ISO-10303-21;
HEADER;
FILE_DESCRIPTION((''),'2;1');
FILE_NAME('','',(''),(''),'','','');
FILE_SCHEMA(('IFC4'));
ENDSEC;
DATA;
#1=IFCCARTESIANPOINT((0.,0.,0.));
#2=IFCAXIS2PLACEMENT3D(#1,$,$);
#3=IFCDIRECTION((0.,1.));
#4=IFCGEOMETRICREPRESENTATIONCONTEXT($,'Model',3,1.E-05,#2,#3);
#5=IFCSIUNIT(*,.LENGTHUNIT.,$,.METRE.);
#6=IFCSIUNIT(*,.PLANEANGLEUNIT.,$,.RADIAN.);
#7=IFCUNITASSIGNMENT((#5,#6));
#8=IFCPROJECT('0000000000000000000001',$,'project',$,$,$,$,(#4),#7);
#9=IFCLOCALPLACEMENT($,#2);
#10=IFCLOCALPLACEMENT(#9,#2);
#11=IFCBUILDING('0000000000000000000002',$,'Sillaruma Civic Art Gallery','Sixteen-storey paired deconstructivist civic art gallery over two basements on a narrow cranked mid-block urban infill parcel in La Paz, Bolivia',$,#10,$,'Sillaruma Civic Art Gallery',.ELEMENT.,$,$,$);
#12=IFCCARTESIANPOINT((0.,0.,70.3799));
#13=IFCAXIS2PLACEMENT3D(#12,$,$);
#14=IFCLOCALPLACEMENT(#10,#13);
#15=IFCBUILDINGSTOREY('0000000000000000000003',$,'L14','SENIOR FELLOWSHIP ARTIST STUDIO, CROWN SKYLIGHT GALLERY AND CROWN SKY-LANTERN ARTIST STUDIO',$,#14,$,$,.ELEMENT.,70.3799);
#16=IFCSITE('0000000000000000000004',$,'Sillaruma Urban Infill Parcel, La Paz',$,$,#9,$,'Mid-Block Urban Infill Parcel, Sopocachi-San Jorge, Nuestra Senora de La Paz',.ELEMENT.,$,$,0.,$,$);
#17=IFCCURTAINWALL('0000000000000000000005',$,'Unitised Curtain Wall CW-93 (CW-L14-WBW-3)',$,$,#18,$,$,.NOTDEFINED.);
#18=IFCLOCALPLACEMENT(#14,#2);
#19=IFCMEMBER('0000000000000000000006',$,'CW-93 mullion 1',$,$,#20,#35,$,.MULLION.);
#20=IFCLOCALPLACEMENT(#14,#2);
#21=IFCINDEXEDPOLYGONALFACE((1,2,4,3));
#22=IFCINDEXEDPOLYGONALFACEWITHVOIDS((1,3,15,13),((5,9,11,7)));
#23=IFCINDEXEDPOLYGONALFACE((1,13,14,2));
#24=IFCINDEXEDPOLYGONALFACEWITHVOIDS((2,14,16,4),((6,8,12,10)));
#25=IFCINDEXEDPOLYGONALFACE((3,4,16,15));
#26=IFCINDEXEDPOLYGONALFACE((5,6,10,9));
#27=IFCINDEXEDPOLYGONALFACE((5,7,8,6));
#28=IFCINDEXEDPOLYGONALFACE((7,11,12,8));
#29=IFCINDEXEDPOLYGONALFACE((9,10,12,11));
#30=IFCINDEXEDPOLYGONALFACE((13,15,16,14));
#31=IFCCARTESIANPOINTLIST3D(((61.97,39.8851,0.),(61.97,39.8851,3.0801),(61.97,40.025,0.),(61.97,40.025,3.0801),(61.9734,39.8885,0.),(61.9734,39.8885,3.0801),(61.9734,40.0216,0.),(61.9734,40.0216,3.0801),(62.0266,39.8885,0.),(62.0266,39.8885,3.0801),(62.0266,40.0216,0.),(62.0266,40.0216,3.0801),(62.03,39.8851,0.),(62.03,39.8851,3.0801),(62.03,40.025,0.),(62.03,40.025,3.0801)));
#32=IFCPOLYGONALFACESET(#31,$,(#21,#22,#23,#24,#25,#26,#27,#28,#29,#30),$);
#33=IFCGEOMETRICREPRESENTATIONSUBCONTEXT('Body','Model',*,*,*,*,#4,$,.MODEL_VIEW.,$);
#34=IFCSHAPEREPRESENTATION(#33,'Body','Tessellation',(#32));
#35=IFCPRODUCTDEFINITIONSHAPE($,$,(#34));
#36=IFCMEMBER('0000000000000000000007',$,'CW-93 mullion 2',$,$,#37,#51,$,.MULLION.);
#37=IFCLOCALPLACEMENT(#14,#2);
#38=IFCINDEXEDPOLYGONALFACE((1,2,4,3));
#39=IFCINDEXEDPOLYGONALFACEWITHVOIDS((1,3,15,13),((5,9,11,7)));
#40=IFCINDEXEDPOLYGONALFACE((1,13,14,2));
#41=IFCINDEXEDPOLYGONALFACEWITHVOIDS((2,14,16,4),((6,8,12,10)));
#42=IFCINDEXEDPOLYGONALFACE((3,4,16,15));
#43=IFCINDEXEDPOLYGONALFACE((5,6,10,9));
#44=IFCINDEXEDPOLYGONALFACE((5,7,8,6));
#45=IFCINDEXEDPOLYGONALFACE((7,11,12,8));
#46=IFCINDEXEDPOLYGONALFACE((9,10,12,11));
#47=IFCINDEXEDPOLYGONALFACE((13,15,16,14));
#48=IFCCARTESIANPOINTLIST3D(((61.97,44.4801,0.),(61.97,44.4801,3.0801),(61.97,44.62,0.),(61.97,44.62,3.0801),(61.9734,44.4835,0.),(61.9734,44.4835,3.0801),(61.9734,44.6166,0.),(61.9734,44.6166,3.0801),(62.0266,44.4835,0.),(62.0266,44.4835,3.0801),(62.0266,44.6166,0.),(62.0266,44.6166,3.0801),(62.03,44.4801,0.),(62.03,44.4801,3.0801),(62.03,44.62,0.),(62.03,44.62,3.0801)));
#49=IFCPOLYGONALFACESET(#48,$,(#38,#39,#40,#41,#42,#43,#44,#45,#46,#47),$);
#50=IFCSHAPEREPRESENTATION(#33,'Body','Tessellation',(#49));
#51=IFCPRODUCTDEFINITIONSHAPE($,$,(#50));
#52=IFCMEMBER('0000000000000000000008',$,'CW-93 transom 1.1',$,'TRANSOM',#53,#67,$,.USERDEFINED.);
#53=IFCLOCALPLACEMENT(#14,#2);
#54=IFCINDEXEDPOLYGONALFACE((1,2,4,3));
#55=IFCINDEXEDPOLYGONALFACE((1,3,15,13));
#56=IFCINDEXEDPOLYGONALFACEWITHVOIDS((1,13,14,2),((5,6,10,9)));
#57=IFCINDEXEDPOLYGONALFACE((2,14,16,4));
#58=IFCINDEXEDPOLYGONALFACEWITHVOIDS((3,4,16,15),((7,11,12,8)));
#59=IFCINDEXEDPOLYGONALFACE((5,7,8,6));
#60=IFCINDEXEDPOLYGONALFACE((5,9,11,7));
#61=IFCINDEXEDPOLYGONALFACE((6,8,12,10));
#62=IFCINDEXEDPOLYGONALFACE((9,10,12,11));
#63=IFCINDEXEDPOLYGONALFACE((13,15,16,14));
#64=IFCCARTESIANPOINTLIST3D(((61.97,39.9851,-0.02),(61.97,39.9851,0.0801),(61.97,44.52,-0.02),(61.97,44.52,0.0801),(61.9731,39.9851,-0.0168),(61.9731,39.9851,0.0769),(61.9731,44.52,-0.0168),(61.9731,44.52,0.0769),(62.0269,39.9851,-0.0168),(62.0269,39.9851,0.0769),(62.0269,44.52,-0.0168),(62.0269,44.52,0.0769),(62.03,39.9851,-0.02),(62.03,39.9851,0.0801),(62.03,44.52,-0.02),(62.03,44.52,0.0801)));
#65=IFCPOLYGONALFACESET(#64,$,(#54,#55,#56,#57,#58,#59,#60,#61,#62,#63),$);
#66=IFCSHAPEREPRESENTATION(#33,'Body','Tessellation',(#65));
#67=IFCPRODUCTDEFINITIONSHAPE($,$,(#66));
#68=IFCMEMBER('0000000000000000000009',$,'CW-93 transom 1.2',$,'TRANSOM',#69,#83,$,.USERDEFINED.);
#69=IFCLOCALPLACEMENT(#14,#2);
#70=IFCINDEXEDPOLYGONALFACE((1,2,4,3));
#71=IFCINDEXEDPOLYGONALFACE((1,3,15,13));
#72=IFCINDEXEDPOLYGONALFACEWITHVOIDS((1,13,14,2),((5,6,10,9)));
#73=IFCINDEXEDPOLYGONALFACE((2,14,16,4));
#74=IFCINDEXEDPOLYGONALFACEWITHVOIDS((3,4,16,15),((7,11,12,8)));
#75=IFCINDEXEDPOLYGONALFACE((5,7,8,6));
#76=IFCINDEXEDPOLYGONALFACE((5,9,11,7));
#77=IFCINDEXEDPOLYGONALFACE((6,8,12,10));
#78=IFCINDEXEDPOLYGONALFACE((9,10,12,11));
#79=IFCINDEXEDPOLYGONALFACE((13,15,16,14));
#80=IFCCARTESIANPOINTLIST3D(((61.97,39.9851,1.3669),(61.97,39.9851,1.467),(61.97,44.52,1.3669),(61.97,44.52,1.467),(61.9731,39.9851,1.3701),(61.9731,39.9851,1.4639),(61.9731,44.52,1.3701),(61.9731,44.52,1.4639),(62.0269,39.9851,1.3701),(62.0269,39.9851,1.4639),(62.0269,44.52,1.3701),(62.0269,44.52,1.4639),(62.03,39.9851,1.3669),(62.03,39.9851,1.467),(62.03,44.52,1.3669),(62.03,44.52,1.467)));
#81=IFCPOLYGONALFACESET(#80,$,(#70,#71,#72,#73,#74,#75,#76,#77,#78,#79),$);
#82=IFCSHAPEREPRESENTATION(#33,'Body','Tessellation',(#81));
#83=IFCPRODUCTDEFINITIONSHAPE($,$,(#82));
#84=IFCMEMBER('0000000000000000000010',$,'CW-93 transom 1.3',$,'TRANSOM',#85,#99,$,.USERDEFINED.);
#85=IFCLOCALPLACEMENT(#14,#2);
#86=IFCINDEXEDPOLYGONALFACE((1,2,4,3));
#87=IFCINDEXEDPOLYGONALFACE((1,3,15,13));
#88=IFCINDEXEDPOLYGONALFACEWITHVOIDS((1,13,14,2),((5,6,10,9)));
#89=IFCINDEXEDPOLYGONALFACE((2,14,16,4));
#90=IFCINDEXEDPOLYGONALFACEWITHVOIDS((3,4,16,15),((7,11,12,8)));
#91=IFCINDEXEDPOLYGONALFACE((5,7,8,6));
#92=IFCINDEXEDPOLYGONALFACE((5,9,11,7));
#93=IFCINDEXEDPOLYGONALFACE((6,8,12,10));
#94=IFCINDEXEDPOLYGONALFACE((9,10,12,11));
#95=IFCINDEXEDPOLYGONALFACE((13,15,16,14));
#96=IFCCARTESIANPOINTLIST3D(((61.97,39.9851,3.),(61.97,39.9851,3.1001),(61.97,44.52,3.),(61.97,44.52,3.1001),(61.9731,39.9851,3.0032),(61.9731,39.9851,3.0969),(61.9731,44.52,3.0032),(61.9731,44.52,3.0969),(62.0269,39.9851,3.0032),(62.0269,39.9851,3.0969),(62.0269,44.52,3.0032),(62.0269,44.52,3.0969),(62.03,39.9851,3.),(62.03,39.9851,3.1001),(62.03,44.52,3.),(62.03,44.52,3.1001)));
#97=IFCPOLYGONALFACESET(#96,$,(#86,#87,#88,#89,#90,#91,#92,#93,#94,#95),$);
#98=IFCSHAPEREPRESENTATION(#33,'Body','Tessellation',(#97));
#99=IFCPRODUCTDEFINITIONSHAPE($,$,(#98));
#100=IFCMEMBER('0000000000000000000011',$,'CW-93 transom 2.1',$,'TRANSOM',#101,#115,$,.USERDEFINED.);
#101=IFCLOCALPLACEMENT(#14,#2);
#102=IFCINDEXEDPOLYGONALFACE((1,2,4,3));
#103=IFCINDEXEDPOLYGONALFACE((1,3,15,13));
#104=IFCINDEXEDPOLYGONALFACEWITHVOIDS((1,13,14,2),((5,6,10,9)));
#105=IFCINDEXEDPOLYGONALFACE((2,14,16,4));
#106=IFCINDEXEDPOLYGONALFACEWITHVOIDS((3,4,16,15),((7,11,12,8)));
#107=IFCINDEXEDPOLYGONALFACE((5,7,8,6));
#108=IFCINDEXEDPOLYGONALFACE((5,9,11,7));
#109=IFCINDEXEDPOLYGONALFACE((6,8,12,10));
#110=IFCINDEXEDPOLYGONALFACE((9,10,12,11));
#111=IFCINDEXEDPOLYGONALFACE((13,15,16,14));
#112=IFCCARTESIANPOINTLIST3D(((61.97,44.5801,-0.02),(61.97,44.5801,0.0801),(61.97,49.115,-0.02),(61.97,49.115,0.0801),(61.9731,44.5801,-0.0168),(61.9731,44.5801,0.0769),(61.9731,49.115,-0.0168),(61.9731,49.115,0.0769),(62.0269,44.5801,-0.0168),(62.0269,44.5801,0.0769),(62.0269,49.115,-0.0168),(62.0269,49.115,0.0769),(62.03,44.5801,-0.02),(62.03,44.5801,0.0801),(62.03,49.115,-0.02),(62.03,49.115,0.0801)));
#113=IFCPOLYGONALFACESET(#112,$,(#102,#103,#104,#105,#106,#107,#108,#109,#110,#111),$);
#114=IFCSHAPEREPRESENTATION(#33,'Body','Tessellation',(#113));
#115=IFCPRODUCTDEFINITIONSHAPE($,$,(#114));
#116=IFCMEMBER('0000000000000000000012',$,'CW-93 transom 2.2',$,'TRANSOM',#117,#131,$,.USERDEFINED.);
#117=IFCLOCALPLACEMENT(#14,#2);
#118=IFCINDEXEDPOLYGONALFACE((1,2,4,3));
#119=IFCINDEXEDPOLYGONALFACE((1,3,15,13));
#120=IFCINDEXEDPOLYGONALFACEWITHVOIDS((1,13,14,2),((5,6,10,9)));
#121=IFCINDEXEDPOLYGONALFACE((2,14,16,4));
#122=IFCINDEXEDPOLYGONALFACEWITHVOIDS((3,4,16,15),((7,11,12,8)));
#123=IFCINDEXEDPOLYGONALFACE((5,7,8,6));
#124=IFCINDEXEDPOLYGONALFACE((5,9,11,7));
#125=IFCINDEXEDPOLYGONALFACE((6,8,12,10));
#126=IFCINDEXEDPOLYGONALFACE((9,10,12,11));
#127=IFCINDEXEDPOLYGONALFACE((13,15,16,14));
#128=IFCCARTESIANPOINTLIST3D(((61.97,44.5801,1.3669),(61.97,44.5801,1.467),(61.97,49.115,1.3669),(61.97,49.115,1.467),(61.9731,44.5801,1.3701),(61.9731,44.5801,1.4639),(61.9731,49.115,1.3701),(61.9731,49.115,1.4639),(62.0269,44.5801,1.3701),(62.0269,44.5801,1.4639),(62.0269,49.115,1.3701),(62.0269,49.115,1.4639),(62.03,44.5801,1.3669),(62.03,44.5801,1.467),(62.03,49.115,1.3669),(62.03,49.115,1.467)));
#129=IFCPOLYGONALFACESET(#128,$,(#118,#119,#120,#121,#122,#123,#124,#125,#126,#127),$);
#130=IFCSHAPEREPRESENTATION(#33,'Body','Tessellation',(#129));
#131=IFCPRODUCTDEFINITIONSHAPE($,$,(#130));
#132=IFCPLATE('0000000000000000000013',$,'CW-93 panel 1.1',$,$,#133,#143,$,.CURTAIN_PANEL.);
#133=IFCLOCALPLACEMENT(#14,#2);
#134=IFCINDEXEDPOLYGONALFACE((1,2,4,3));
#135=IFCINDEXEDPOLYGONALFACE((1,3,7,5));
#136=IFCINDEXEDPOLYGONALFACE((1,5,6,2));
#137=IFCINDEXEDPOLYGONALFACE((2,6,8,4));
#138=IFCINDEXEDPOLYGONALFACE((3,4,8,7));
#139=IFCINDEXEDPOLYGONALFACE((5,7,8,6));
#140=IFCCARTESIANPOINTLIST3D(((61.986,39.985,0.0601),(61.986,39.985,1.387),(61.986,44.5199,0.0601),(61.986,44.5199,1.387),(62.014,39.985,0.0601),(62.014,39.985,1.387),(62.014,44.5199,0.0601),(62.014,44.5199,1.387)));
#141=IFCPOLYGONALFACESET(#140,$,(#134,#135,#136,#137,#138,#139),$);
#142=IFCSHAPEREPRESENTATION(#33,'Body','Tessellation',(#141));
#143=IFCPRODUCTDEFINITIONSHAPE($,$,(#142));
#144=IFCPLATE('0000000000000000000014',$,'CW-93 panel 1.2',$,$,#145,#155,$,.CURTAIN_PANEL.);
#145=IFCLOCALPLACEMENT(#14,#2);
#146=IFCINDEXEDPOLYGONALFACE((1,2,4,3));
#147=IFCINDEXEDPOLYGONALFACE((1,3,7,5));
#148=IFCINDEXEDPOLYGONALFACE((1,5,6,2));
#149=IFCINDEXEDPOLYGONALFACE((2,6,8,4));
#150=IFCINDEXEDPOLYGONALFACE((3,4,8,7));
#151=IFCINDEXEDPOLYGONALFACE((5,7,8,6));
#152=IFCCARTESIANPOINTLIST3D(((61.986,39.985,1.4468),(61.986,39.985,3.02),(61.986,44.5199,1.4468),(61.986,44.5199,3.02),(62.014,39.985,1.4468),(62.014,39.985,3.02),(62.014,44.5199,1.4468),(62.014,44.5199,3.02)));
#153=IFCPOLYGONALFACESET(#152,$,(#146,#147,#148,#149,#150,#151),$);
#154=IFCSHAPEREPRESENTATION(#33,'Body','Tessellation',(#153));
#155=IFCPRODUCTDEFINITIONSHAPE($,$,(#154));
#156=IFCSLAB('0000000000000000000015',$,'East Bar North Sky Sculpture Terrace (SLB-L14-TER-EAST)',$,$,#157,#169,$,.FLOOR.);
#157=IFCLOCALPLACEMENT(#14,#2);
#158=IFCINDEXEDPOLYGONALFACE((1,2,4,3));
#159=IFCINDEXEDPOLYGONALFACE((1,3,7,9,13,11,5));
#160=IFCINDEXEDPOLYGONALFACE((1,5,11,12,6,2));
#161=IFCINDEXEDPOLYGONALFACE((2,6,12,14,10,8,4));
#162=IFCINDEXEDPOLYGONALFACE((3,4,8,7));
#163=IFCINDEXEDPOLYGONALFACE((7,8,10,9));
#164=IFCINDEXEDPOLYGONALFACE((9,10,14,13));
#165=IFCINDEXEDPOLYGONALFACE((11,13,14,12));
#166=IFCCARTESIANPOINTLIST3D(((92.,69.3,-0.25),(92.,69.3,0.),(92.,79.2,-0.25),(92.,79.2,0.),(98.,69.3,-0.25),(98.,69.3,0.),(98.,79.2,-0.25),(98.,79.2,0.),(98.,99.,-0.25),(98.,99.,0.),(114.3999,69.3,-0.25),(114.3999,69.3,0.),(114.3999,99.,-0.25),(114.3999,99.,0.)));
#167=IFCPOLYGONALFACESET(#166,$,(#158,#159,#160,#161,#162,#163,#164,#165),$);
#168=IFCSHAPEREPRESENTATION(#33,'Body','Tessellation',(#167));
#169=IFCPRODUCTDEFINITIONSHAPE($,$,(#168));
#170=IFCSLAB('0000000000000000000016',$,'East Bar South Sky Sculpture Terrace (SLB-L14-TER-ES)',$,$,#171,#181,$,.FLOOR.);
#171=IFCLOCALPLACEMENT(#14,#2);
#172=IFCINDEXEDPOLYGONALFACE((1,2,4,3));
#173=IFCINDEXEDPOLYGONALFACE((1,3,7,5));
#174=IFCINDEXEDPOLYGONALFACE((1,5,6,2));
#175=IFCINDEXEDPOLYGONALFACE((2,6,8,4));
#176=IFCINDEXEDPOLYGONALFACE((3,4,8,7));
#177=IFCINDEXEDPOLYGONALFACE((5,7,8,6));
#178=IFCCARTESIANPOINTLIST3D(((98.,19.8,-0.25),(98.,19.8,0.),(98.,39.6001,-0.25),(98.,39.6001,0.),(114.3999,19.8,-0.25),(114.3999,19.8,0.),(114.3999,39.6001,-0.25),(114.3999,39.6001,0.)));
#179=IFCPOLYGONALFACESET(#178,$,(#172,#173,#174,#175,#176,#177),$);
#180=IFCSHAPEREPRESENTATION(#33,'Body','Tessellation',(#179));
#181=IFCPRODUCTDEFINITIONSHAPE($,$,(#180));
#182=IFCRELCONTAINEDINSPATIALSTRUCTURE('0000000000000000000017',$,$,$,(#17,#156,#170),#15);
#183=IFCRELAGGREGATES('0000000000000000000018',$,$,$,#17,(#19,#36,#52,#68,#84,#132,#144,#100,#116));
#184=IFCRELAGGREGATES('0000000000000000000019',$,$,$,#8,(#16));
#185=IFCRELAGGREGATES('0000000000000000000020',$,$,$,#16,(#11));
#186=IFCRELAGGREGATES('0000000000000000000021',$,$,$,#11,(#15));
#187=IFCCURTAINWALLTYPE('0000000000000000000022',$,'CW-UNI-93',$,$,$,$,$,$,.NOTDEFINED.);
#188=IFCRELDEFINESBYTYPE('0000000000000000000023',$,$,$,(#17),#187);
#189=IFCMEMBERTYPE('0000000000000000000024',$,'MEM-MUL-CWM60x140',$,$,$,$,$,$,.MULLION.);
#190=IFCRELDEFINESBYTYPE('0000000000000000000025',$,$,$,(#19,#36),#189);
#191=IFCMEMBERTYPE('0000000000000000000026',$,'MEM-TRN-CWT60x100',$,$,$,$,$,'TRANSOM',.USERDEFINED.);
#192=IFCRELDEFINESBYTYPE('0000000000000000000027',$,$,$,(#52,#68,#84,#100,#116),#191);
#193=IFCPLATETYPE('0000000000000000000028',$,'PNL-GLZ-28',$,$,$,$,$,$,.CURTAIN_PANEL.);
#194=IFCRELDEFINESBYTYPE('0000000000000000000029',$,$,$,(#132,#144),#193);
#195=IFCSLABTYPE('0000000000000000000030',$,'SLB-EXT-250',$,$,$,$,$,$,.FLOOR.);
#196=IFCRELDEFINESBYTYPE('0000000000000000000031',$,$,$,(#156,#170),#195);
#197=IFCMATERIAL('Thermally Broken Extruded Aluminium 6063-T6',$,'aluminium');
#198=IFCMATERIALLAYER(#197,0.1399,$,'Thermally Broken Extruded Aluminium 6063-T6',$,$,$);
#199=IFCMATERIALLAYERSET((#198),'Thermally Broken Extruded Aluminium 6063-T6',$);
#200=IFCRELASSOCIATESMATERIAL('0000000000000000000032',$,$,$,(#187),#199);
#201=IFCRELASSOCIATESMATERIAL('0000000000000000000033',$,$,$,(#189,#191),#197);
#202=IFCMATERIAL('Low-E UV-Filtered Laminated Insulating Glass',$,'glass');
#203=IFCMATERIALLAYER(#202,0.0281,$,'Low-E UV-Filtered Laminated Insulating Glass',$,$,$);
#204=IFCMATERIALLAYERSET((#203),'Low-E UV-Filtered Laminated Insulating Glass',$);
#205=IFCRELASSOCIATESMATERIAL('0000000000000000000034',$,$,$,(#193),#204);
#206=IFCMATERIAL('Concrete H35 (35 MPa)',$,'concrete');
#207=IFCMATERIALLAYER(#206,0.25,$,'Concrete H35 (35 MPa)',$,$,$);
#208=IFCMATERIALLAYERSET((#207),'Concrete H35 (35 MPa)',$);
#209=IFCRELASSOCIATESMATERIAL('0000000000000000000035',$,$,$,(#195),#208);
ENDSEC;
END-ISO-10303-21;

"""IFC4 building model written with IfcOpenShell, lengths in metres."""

from ifc_helpers import new_model, si_unit, direction, frame, origin, origin_2d, place, context, subcontext, project, spatial, polyline, rectangle, hollow_rectangle, outline, extrude, material, layer, layer_set, material_profile, profile_set, type_object, element, aggregate, save


model = new_model("IFC4")

# Units and contexts
model_context = context("Model", 3, precision=1e-05, world=origin(), true_north=direction((0.0, 1.0)))
body_context = subcontext(model_context, "Body", "Model", "MODEL_VIEW")
ifc_project = project(units=[si_unit("LENGTHUNIT", "METRE"), si_unit("PLANEANGLEUNIT", "RADIAN")], contexts=[model_context])

# Site, building, storey
site_placement = place(None, origin())
site = spatial("IfcSite", under=ifc_project, at=site_placement, Name="Sillaruma Urban Infill Parcel, La Paz", LongName="Mid-Block Urban Infill Parcel, Sopocachi-San Jorge, Nuestra Senora de La Paz", CompositionType="ELEMENT", RefElevation=0.0)
building_placement = place(site_placement, origin())
building = spatial("IfcBuilding", under=site, at=building_placement, Name="Sillaruma Civic Art Gallery", Description="Sixteen-storey paired deconstructivist civic art gallery over two basements on a narrow cranked mid-block urban infill parcel in La Paz, Bolivia", LongName="Sillaruma Civic Art Gallery", CompositionType="ELEMENT")
storey_placement = place(building_placement, frame((0.0, 0.0, 70.3799)))
storey = spatial("IfcBuildingStorey", under=building, at=storey_placement, Name="L14", Description="SENIOR FELLOWSHIP ARTIST STUDIO, CROWN SKYLIGHT GALLERY AND CROWN SKY-LANTERN ARTIST STUDIO", CompositionType="ELEMENT", Elevation=70.3799)

# Shared definitions
ifc_material_1 = material(Name="Concrete H35 (35 MPa)", Category="concrete")

# Curtain wall, members, plates
ifc_material_2 = material(Name="Thermally Broken Extruded Aluminium 6063-T6", Category="aluminium")
ifc_layer_1 = layer(ifc_material_2, 0.1399, Name="Thermally Broken Extruded Aluminium 6063-T6")
ifc_layer_set_1 = layer_set([ifc_layer_1], Name="Thermally Broken Extruded Aluminium 6063-T6")
curtain_wall_type = type_object("IfcCurtainWallType", Name="CW-UNI-93", PredefinedType="NOTDEFINED", material=ifc_layer_set_1)
curtain_wall_placement = place(storey_placement, origin())
curtain_wall = element("IfcCurtainWall", 1, at=curtain_wall_placement, inside=storey, type_object=curtain_wall_type, Name="Unitised Curtain Wall CW-93 (CW-L14-WBW-3)", PredefinedType="NOTDEFINED")
ifc_material_profile_1 = material_profile(ifc_material_2, hollow_rectangle(XDim=0.0601, YDim=0.1399, WallThickness=0.0034, at=origin_2d()), Name="CWM60x140")
ifc_profile_set_1 = profile_set([ifc_material_profile_1], Name="Thermally Broken Extruded Aluminium 6063-T6")
member_type_1 = type_object("IfcMemberType", Name="MEM-MUL-CWM60x140", PredefinedType="MULLION", material=ifc_profile_set_1)
member_1_placement = place(storey_placement, frame((62.0, 39.9551, 0.0), z_axis=(0.0, 0.0, 1.0), x_axis=(-1.0, 0.0, 0.0)))
member_1 = element("IfcMember", 2, at=member_1_placement, type_object=member_type_1, Name="CW-93 mullion 1", PredefinedType="MULLION", context=body_context, shape_type="SweptSolid", body=[
    extrude(hollow_rectangle(XDim=0.0601, YDim=0.1399, WallThickness=0.0034, at=origin_2d()), origin(), (0.0, 0.0, 1.0), 3.0801),
])
member_2_placement = place(storey_placement, frame((62.0, 44.55, 0.0), z_axis=(0.0, 0.0, 1.0), x_axis=(-1.0, 0.0, 0.0)))
member_2 = element("IfcMember", 3, at=member_2_placement, type_object=member_type_1, Name="CW-93 mullion 2", PredefinedType="MULLION", context=body_context, shape_type="SweptSolid", body=[
    extrude(hollow_rectangle(XDim=0.0601, YDim=0.1399, WallThickness=0.0034, at=origin_2d()), origin(), (0.0, 0.0, 1.0), 3.0801),
])
ifc_material_profile_2 = material_profile(ifc_material_2, hollow_rectangle(XDim=0.0601, YDim=0.1001, WallThickness=0.0032, at=origin_2d()), Name="CWT60x100")
ifc_profile_set_2 = profile_set([ifc_material_profile_2], Name="Thermally Broken Extruded Aluminium 6063-T6")
member_type_2 = type_object("IfcMemberType", Name="MEM-TRN-CWT60x100", ElementType="TRANSOM", PredefinedType="USERDEFINED", material=ifc_profile_set_2)
member_3_placement = place(storey_placement, frame((62.0, 39.9851, 0.03), z_axis=(0.0, 1.0, 0.0), x_axis=(-1.0, 0.0, 0.0)))
member_3 = element("IfcMember", 4, at=member_3_placement, type_object=member_type_2, Name="CW-93 transom 1.1", ObjectType="TRANSOM", PredefinedType="USERDEFINED", context=body_context, shape_type="SweptSolid", body=[
    extrude(hollow_rectangle(XDim=0.0601, YDim=0.1001, WallThickness=0.0032, at=origin_2d()), origin(), (0.0, 0.0, 1.0), 4.5349),
])
member_4_placement = place(storey_placement, frame((62.0, 39.9851, 1.417), z_axis=(0.0, 1.0, 0.0), x_axis=(-1.0, 0.0, 0.0)))
member_4 = element("IfcMember", 5, at=member_4_placement, type_object=member_type_2, Name="CW-93 transom 1.2", ObjectType="TRANSOM", PredefinedType="USERDEFINED", context=body_context, shape_type="SweptSolid", body=[
    extrude(hollow_rectangle(XDim=0.0601, YDim=0.1001, WallThickness=0.0032, at=origin_2d()), origin(), (0.0, 0.0, 1.0), 4.5349),
])
member_5_placement = place(storey_placement, frame((62.0, 39.9851, 3.05), z_axis=(0.0, 1.0, 0.0), x_axis=(-1.0, 0.0, 0.0)))
member_5 = element("IfcMember", 6, at=member_5_placement, type_object=member_type_2, Name="CW-93 transom 1.3", ObjectType="TRANSOM", PredefinedType="USERDEFINED", context=body_context, shape_type="SweptSolid", body=[
    extrude(hollow_rectangle(XDim=0.0601, YDim=0.1001, WallThickness=0.0032, at=origin_2d()), origin(), (0.0, 0.0, 1.0), 4.5349),
])
member_6_placement = place(storey_placement, frame((62.0, 44.5801, 0.03), z_axis=(0.0, 1.0, 0.0), x_axis=(-1.0, 0.0, 0.0)))
member_6 = element("IfcMember", 7, at=member_6_placement, type_object=member_type_2, Name="CW-93 transom 2.1", ObjectType="TRANSOM", PredefinedType="USERDEFINED", context=body_context, shape_type="SweptSolid", body=[
    extrude(hollow_rectangle(XDim=0.0601, YDim=0.1001, WallThickness=0.0032, at=origin_2d()), origin(), (0.0, 0.0, 1.0), 4.5349),
])
member_7_placement = place(storey_placement, frame((62.0, 44.5801, 1.417), z_axis=(0.0, 1.0, 0.0), x_axis=(-1.0, 0.0, 0.0)))
member_7 = element("IfcMember", 8, at=member_7_placement, type_object=member_type_2, Name="CW-93 transom 2.2", ObjectType="TRANSOM", PredefinedType="USERDEFINED", context=body_context, shape_type="SweptSolid", body=[
    extrude(hollow_rectangle(XDim=0.0601, YDim=0.1001, WallThickness=0.0032, at=origin_2d()), origin(), (0.0, 0.0, 1.0), 4.5349),
])
ifc_material_3 = material(Name="Low-E UV-Filtered Laminated Insulating Glass", Category="glass")
ifc_layer_2 = layer(ifc_material_3, 0.0281, Name="Low-E UV-Filtered Laminated Insulating Glass")
ifc_layer_set_2 = layer_set([ifc_layer_2], Name="Low-E UV-Filtered Laminated Insulating Glass")
plate_type = type_object("IfcPlateType", Name="PNL-GLZ-28", PredefinedType="CURTAIN_PANEL", material=ifc_layer_set_2)
plate_1_placement = place(storey_placement, frame((62.0, 42.2524, 0.0601), z_axis=(0.0, 0.0, 1.0), x_axis=(0.0, 1.0, 0.0)))
plate_1 = element("IfcPlate", 9, at=plate_1_placement, type_object=plate_type, Name="CW-93 panel 1.1", PredefinedType="CURTAIN_PANEL", context=body_context, shape_type="SweptSolid", body=[
    extrude(rectangle(XDim=4.5349, YDim=0.0281, at=origin_2d()), origin(), (0.0, 0.0, 1.0), 1.3269),
])
plate_2_placement = place(storey_placement, frame((62.0, 42.2524, 1.4468), z_axis=(0.0, 0.0, 1.0), x_axis=(0.0, 1.0, 0.0)))
plate_2 = element("IfcPlate", 10, at=plate_2_placement, type_object=plate_type, Name="CW-93 panel 1.2", PredefinedType="CURTAIN_PANEL", context=body_context, shape_type="SweptSolid", body=[
    extrude(rectangle(XDim=4.5349, YDim=0.0281, at=origin_2d()), origin(), (0.0, 0.0, 1.0), 1.5732),
])
aggregate(curtain_wall, [member_1, member_2, member_3, member_4, member_5, plate_1, plate_2, member_6, member_7])

# Slabs
ifc_layer_3 = layer(ifc_material_1, 0.25, Name="Concrete H35 (35 MPa)")
ifc_layer_set_3 = layer_set([ifc_layer_3], Name="Concrete H35 (35 MPa)")
slab_type_1 = type_object("IfcSlabType", Name="SLB-EXT-250", PredefinedType="FLOOR", material=ifc_layer_set_3)
slab_1_placement = place(storey_placement, frame((0.0, 0.0, -0.25)))
element("IfcSlab", 11, at=slab_1_placement, inside=storey, type_object=slab_type_1, Name="East Bar North Sky Sculpture Terrace (SLB-L14-TER-EAST)", PredefinedType="FLOOR", context=body_context, shape_type="SweptSolid", body=[
    extrude(outline(polyline([(98.0, 69.3), (114.3999, 69.3), (114.3999, 99.0), (98.0, 99.0), (98.0, 79.2), (92.0, 79.2), (92.0, 69.3), (98.0, 69.3)])), origin(), (0.0, 0.0, 1.0), 0.25),
])
slab_2_placement = place(storey_placement, frame((0.0, 0.0, -0.25)))
element("IfcSlab", 12, at=slab_2_placement, inside=storey, type_object=slab_type_1, Name="East Bar South Sky Sculpture Terrace (SLB-L14-TER-ES)", PredefinedType="FLOOR", context=body_context, shape_type="SweptSolid", body=[
    extrude(outline(polyline([(98.0, 19.8), (114.3999, 19.8), (114.3999, 39.6001), (98.0, 39.6001), (98.0, 19.8)])), origin(), (0.0, 0.0, 1.0), 0.25),
])

save(model, "model.ifc")
